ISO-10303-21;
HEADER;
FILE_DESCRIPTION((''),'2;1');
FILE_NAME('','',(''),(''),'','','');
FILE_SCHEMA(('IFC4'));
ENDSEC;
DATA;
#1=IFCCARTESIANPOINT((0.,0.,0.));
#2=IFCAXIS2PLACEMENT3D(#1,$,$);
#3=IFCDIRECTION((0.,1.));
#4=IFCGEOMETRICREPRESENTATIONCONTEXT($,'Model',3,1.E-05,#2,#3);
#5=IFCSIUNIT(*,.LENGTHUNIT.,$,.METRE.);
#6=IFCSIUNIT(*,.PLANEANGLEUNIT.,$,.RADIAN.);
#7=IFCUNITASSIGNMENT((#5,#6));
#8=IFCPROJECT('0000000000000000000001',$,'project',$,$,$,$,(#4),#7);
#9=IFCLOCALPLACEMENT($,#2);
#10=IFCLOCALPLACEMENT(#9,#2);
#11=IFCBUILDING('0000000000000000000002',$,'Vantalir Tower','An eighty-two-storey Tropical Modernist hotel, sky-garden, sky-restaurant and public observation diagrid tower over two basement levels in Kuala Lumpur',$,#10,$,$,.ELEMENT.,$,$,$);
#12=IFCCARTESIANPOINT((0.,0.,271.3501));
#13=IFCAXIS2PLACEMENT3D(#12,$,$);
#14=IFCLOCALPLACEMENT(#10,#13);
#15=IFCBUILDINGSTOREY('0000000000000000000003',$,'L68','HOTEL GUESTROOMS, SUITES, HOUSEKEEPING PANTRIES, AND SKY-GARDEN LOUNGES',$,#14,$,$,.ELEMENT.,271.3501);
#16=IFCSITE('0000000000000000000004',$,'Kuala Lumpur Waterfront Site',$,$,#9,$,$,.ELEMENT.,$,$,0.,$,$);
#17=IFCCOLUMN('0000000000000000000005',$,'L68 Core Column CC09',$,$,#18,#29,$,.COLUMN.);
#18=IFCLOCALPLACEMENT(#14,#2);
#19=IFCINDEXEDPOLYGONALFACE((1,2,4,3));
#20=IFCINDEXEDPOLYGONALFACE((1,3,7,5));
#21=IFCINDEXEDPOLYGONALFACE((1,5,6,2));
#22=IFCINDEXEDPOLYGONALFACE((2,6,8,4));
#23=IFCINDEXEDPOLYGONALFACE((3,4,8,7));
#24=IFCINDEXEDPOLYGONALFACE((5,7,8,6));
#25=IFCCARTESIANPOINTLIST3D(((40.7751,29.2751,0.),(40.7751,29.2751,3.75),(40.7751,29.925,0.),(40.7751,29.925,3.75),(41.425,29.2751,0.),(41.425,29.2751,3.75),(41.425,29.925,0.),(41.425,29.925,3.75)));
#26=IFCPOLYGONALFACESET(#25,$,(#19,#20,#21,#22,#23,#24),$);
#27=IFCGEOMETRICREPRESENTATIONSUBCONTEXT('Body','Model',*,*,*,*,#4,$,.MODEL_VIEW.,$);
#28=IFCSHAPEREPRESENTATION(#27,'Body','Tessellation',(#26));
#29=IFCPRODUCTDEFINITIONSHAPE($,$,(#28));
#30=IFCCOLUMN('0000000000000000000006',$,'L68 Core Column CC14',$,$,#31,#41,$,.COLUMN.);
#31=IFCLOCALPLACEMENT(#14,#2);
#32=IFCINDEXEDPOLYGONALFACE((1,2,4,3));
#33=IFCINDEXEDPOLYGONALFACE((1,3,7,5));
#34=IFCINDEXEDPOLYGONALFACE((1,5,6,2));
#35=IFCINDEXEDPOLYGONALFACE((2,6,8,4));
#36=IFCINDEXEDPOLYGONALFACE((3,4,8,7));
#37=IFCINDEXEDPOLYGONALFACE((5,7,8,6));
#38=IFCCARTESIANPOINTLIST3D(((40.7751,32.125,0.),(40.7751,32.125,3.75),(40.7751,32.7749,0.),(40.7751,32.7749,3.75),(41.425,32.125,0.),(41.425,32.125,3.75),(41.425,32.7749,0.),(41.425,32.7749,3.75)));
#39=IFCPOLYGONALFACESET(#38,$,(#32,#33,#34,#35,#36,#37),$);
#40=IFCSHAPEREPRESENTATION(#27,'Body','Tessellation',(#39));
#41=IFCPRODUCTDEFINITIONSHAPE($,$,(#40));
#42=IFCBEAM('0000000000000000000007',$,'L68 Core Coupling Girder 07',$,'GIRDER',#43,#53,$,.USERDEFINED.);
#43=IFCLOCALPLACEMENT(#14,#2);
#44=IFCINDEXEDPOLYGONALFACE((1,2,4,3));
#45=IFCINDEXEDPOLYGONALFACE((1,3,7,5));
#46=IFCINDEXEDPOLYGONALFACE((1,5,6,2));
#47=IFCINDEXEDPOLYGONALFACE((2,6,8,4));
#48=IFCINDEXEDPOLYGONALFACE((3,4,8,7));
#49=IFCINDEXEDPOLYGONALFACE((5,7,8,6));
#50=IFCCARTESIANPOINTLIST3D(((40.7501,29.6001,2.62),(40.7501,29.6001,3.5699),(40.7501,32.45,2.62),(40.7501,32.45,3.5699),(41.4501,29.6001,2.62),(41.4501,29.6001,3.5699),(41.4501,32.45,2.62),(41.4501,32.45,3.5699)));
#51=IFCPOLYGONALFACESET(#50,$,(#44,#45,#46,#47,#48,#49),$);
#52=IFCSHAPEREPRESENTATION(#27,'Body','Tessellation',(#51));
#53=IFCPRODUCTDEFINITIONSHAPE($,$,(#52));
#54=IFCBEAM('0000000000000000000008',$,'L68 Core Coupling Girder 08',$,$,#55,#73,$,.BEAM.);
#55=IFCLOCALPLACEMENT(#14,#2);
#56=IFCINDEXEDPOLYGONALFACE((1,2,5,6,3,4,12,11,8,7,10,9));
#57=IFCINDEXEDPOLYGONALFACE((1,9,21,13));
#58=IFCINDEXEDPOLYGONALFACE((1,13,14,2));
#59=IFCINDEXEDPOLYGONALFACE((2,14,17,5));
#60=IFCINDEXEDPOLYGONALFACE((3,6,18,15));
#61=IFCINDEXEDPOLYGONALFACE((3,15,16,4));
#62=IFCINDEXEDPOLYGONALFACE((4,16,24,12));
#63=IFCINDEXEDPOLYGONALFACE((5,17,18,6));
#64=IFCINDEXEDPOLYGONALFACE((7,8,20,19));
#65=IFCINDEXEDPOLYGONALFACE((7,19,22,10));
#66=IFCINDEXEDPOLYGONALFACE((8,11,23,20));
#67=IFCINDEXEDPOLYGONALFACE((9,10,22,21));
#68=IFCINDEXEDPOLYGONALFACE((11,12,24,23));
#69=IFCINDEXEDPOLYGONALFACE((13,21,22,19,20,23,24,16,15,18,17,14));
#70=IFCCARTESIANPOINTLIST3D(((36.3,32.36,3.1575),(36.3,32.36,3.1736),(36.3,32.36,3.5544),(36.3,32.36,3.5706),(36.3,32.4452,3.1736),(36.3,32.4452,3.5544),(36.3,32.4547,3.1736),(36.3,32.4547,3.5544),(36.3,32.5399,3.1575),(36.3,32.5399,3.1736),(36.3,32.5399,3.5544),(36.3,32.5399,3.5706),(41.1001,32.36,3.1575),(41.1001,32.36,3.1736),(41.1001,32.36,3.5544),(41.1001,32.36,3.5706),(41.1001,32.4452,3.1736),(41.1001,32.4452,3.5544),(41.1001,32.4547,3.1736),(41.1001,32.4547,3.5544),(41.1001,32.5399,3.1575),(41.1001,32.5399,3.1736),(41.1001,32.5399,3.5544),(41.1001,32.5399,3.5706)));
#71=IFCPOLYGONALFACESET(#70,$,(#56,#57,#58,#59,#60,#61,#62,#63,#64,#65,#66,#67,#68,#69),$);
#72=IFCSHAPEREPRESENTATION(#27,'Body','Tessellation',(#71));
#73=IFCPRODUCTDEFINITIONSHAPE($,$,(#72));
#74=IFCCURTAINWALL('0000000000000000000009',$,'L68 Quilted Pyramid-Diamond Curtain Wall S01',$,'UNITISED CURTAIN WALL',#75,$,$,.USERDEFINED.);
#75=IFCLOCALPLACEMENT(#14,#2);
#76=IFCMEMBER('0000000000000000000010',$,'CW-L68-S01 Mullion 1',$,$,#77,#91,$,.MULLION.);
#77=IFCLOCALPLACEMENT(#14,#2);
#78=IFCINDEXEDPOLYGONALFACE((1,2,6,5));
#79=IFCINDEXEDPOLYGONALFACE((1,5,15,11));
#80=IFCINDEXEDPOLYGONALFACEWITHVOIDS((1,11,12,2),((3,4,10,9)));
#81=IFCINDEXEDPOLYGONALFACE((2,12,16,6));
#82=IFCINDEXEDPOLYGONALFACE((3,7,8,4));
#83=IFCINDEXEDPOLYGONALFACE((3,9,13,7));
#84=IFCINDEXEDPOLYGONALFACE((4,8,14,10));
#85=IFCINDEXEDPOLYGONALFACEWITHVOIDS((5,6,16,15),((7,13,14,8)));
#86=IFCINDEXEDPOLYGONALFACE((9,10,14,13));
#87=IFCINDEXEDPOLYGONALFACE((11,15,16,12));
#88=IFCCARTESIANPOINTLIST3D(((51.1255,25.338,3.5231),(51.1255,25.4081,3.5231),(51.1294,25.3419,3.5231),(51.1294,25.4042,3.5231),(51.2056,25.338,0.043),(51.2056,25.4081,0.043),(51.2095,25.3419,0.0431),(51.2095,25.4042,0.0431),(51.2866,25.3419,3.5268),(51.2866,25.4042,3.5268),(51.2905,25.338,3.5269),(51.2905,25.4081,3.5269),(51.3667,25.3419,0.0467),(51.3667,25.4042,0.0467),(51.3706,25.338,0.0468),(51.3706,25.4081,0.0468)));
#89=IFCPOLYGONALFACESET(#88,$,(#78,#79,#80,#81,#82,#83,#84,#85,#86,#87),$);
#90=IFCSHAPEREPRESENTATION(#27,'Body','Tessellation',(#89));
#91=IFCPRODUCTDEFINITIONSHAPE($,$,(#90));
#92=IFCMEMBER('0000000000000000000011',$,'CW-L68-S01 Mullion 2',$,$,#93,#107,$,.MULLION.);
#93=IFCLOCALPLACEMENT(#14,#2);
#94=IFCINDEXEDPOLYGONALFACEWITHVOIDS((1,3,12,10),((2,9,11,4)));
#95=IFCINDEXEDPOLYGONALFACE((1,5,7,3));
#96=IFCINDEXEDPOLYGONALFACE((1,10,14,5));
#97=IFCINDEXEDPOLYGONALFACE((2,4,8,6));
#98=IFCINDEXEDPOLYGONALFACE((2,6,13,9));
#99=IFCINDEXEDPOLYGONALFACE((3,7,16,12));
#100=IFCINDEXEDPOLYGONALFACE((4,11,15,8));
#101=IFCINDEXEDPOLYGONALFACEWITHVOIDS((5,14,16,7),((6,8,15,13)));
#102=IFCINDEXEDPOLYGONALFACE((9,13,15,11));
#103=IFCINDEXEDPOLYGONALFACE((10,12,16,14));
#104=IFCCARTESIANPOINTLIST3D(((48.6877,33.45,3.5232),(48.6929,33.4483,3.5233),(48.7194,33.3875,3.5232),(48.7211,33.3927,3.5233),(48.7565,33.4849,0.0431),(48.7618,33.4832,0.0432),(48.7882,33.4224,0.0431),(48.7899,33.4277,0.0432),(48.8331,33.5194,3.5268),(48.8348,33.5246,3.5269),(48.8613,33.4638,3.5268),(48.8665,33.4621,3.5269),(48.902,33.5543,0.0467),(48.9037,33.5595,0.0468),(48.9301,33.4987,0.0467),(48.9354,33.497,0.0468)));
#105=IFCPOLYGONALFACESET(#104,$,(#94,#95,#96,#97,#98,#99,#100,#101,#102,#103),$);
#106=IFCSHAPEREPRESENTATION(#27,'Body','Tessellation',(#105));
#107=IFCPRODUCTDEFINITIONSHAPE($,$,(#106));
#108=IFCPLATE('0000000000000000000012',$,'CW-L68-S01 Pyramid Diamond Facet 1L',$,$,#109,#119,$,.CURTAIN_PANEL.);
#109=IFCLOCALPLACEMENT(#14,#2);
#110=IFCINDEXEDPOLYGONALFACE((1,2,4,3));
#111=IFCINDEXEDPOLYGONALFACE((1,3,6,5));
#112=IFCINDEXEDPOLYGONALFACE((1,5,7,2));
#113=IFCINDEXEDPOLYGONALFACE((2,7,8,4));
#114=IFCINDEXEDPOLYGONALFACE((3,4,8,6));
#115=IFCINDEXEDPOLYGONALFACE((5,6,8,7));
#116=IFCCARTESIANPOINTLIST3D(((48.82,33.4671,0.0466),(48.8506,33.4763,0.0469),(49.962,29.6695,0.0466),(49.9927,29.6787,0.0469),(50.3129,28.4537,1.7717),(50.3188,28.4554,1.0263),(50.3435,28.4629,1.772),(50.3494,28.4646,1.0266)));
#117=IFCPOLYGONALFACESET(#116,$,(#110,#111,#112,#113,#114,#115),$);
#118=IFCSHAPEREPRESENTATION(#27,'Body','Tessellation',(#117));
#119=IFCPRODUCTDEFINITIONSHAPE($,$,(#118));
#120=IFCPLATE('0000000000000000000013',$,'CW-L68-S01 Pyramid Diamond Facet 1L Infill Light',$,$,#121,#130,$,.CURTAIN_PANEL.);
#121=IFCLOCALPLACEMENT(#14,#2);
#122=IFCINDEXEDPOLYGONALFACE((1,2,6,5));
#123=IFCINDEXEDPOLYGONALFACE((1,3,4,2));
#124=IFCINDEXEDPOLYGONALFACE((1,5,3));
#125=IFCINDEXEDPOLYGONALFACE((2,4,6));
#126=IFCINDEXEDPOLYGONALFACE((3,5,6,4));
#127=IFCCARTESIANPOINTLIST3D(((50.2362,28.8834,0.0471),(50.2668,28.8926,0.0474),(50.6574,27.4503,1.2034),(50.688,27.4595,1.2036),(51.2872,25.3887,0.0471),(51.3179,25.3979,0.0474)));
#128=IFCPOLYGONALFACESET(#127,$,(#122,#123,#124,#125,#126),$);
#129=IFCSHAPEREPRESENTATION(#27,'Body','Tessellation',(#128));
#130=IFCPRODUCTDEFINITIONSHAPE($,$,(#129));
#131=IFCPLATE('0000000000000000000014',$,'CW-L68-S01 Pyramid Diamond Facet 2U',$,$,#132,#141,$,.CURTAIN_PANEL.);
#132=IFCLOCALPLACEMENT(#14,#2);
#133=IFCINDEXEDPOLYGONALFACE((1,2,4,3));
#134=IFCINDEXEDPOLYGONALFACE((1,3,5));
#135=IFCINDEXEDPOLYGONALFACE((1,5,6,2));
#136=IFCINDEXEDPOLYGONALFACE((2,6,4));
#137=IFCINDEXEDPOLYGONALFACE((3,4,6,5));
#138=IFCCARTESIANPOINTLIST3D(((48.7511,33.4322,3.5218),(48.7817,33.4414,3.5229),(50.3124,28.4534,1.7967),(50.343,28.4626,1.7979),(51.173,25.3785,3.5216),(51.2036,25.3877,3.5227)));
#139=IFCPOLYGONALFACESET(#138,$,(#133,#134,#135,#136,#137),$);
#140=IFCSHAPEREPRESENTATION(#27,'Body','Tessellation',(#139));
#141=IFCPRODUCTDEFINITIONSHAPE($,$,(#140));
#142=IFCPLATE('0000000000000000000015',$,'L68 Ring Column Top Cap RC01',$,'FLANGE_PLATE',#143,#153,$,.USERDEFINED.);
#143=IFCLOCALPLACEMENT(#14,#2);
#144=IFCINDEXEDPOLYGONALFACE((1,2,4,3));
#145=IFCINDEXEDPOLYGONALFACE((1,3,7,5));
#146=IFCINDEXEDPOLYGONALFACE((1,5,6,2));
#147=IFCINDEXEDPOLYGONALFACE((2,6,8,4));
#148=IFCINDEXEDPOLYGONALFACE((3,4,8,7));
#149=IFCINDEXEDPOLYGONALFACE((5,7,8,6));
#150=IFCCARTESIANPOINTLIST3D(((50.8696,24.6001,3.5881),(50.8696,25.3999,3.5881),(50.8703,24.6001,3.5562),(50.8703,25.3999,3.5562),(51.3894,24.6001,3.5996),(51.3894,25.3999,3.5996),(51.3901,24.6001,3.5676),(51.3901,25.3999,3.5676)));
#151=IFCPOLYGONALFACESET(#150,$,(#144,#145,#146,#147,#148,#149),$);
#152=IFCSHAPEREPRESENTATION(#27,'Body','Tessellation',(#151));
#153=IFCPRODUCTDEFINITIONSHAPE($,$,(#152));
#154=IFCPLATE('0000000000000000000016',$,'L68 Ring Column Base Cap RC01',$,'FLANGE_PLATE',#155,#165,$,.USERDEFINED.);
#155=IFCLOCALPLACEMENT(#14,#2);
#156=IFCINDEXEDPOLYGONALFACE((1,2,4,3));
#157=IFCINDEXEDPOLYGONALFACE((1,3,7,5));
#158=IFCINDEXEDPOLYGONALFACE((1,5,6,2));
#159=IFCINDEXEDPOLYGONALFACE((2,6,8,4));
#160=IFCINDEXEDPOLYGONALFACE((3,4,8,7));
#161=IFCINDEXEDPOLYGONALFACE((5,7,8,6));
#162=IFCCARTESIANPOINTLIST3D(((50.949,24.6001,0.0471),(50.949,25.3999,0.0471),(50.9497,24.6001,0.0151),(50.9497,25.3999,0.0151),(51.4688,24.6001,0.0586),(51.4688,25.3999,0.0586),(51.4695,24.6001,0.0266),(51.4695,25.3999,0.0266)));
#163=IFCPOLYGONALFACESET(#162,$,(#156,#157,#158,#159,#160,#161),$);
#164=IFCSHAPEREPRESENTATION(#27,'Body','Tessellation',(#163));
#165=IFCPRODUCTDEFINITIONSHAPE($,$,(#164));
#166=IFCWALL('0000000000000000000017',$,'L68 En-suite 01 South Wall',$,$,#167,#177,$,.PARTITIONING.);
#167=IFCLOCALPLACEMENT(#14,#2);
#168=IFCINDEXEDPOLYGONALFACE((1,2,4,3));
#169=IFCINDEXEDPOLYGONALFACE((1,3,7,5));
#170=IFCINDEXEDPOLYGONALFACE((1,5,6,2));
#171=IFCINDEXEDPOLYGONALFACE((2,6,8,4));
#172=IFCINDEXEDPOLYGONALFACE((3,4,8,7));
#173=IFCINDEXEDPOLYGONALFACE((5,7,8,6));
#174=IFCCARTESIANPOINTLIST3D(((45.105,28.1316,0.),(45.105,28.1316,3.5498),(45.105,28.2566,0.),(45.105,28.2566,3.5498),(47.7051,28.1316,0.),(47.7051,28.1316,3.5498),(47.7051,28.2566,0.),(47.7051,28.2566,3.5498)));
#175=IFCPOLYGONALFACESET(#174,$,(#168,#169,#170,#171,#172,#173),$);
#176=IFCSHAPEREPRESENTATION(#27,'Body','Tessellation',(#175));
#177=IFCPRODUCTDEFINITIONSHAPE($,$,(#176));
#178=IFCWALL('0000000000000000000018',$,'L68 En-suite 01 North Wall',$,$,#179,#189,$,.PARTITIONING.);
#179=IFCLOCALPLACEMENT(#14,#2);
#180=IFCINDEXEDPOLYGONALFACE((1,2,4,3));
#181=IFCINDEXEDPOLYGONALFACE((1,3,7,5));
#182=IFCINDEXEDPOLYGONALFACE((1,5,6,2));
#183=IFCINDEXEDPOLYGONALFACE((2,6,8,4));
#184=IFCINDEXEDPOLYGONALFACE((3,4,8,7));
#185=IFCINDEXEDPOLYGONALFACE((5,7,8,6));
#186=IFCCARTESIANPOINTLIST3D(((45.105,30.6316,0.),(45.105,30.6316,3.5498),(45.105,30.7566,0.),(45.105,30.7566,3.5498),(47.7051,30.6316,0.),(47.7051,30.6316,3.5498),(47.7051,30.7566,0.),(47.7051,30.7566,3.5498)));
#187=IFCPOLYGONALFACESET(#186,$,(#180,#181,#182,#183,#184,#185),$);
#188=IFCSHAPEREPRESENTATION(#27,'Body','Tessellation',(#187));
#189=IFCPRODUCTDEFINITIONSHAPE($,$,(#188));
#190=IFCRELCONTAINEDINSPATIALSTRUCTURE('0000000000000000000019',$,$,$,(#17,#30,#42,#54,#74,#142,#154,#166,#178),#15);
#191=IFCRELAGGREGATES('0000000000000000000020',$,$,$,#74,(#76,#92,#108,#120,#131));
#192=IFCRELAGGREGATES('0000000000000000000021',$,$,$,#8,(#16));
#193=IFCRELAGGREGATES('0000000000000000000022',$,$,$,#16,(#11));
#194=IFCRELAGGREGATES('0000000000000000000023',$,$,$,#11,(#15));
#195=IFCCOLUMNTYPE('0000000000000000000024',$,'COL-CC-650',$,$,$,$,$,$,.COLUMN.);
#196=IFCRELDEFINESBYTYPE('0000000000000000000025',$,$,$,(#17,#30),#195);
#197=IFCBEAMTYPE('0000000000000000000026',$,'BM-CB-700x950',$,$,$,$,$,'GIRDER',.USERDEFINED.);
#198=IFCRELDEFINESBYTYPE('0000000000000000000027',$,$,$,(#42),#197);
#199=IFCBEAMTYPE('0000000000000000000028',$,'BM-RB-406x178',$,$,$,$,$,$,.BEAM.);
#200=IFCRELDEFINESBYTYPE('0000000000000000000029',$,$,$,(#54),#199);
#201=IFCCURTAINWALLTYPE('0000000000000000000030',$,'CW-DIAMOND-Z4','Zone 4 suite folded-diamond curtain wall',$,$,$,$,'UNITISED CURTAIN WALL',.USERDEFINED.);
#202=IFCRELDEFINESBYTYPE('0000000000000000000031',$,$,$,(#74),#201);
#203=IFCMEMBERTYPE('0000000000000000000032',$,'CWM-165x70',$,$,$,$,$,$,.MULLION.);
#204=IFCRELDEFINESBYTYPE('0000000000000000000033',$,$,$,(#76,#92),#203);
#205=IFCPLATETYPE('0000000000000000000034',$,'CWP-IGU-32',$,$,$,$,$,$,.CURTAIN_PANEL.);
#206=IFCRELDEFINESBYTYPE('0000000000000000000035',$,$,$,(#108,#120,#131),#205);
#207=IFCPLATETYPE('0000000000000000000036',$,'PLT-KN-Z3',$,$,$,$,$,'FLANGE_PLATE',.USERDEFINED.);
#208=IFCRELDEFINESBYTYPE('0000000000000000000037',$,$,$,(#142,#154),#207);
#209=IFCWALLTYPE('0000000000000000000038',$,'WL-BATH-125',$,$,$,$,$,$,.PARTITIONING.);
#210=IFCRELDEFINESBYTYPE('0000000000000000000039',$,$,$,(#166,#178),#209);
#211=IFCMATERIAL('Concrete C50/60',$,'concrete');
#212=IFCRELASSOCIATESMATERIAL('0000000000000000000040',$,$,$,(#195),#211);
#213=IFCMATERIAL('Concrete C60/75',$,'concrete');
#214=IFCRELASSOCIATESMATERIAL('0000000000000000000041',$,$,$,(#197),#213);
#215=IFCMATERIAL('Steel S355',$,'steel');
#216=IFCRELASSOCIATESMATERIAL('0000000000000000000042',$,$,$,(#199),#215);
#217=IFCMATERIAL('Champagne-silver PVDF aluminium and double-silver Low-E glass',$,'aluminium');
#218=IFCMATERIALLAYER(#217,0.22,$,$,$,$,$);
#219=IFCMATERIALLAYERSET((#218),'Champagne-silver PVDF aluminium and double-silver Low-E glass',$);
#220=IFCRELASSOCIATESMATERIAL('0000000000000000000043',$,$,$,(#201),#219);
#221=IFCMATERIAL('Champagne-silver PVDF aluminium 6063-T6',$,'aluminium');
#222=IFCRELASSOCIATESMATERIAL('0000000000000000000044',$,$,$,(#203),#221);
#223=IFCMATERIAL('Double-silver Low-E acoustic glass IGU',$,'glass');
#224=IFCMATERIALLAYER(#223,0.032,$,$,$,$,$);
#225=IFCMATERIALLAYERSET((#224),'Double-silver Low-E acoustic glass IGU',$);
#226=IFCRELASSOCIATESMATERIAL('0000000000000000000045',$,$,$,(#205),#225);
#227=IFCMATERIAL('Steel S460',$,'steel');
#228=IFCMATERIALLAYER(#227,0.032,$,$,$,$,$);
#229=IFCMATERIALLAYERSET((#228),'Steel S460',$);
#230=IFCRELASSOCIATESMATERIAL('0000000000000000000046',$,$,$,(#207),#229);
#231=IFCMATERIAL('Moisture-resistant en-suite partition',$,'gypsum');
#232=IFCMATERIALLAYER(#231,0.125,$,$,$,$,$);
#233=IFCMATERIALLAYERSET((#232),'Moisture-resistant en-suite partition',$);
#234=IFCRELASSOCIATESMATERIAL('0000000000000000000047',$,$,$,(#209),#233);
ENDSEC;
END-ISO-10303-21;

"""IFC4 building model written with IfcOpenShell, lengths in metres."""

from ifc_helpers import new_model, si_unit, direction, frame, frame_2d, origin, origin_2d, place, context, subcontext, project, spatial, polyline, rectangle, hollow_rectangle, i_section, outline, extrude, material, layer, layer_set, material_profile, profile_set, type_object, element, aggregate, save


model = new_model("IFC4")

# Units and contexts
model_context = context("Model", 3, precision=1e-05, world=origin(), true_north=direction((0.0, 1.0)))
body_context = subcontext(model_context, "Body", "Model", "MODEL_VIEW")
ifc_project = project(units=[si_unit("LENGTHUNIT", "METRE"), si_unit("PLANEANGLEUNIT", "RADIAN")], contexts=[model_context])

# Site, building, storey
site_placement = place(None, origin())
site = spatial("IfcSite", under=ifc_project, at=site_placement, Name="Kuala Lumpur Waterfront Site", CompositionType="ELEMENT", RefElevation=0.0)
building_placement = place(site_placement, origin())
building = spatial("IfcBuilding", under=site, at=building_placement, Name="Vantalir Tower", Description="An eighty-two-storey Tropical Modernist hotel, sky-garden, sky-restaurant and public observation diagrid tower over two basement levels in Kuala Lumpur", CompositionType="ELEMENT")
storey_placement = place(building_placement, frame((0.0, 0.0, 271.3501)))
storey = spatial("IfcBuildingStorey", under=building, at=storey_placement, Name="L68", Description="HOTEL GUESTROOMS, SUITES, HOUSEKEEPING PANTRIES, AND SKY-GARDEN LOUNGES", CompositionType="ELEMENT", Elevation=271.3501)

# Columns
ifc_material_1 = material(Name="Concrete C50/60", Category="concrete")
ifc_material_profile_1 = material_profile(ifc_material_1, rectangle(XDim=0.6499, YDim=0.6499, at=origin_2d()), Name="Concrete C50/60")
ifc_profile_set_1 = profile_set([ifc_material_profile_1], Name="Concrete C50/60")
column_type = type_object("IfcColumnType", Name="COL-CC-650", PredefinedType="COLUMN", material=ifc_profile_set_1)
for number, where, z_axis, x_axis, name in (
    (1, (41.1001, 29.6001, 0.0), (0.0, 0.0, 1.0), (1.0, 0.0, 0.0), "L68 Core Column CC09"),
    (2, (41.1001, 32.45, 0.0), (0.0, 0.0, 1.0), (1.0, 0.0, 0.0), "L68 Core Column CC14"),
):
    element("IfcColumn", number, at=place(storey_placement, frame(where, z_axis=z_axis, x_axis=x_axis)), inside=storey, type_object=column_type, Name=name, PredefinedType="COLUMN", context=body_context, shape_type="SweptSolid", body=[
        extrude(rectangle(XDim=0.6499, YDim=0.6499, at=origin_2d()), origin(), (0.0, 0.0, 1.0), 3.75),
    ])

# Beams
ifc_material_2 = material(Name="Concrete C60/75", Category="concrete")
ifc_material_profile_2 = material_profile(ifc_material_2, rectangle(XDim=0.7, YDim=0.95, at=origin_2d()), Name="Concrete C60/75")
ifc_profile_set_2 = profile_set([ifc_material_profile_2], Name="Concrete C60/75")
beam_type_1 = type_object("IfcBeamType", Name="BM-CB-700x950", ElementType="GIRDER", PredefinedType="USERDEFINED", material=ifc_profile_set_2)
beam_1_placement = place(storey_placement, frame((41.1001, 29.6001, 3.095), z_axis=(0.0, 1.0, 0.0), x_axis=(-1.0, 0.0, 0.0)))
element("IfcBeam", 3, at=beam_1_placement, inside=storey, type_object=beam_type_1, Name="L68 Core Coupling Girder 07", ObjectType="GIRDER", PredefinedType="USERDEFINED", context=body_context, shape_type="SweptSolid", body=[
    extrude(rectangle(XDim=0.7, YDim=0.95, at=origin_2d()), origin(), (0.0, 0.0, 1.0), 2.8499),
])
ifc_material_3 = material(Name="Steel S355", Category="steel")
ifc_material_profile_3 = material_profile(ifc_material_3, i_section(OverallWidth=0.1799, OverallDepth=0.4131, WebThickness=0.0095, FlangeThickness=0.0161, at=origin_2d()), Name="Steel S355")
ifc_profile_set_3 = profile_set([ifc_material_profile_3], Name="Steel S355")
beam_type_2 = type_object("IfcBeamType", Name="BM-RB-406x178", PredefinedType="BEAM", material=ifc_profile_set_3)
beam_2_placement = place(storey_placement, frame((41.1001, 32.45, 3.364), z_axis=(-1.0, 0.0, 0.0), x_axis=(0.0, -1.0, 0.0)))
element("IfcBeam", 4, at=beam_2_placement, inside=storey, type_object=beam_type_2, Name="L68 Core Coupling Girder 08", PredefinedType="BEAM", context=body_context, shape_type="SweptSolid", body=[
    extrude(i_section(OverallWidth=0.1799, OverallDepth=0.4131, WebThickness=0.0095, FlangeThickness=0.0161, at=origin_2d()), origin(), (0.0, 0.0, 1.0), 4.8),
])

# Curtain wall, members, plates
ifc_material_4 = material(Name="Champagne-silver PVDF aluminium and double-silver Low-E glass", Category="aluminium")
ifc_layer_1 = layer(ifc_material_4, 0.22)
ifc_layer_set_1 = layer_set([ifc_layer_1], Name="Champagne-silver PVDF aluminium and double-silver Low-E glass")
curtain_wall_type = type_object("IfcCurtainWallType", Name="CW-DIAMOND-Z4", Description="Zone 4 suite folded-diamond curtain wall", ElementType="UNITISED CURTAIN WALL", PredefinedType="USERDEFINED", material=ifc_layer_set_1)
curtain_wall_placement = place(storey_placement, origin())
curtain_wall = element("IfcCurtainWall", 5, at=curtain_wall_placement, inside=storey, type_object=curtain_wall_type, Name="L68 Quilted Pyramid-Diamond Curtain Wall S01", ObjectType="UNITISED CURTAIN WALL", PredefinedType="USERDEFINED")
ifc_material_5 = material(Name="Champagne-silver PVDF aluminium 6063-T6", Category="aluminium")
ifc_material_profile_4 = material_profile(ifc_material_5, hollow_rectangle(XDim=0.0701, YDim=0.165, WallThickness=0.0039, at=origin_2d()), Name="Champagne-silver PVDF aluminium 6063-T6")
ifc_profile_set_4 = profile_set([ifc_material_profile_4], Name="Champagne-silver PVDF aluminium 6063-T6")
member_type = type_object("IfcMemberType", Name="CWM-165x70", PredefinedType="MULLION", material=ifc_profile_set_4)
member_1_placement = place(storey_placement, frame((51.2881, 25.373, 0.0449), z_axis=(-0.023005, 0.0, 0.999735), x_axis=(0.0, -1.0, 0.0)))
member_1 = element("IfcMember", 6, at=member_1_placement, type_object=member_type, Name="CW-L68-S01 Mullion 1", PredefinedType="MULLION", context=body_context, shape_type="SweptSolid", body=[
    extrude(hollow_rectangle(XDim=0.0701, YDim=0.165, WallThickness=0.0039, at=origin_2d()), origin(), (0.0, 0.0, 1.0), 3.481),
])
member_2_placement = place(storey_placement, frame((48.8459, 33.491, 0.0449), z_axis=(-0.019779, -0.01003, 0.999754), x_axis=(0.452267, -0.891883, 0.0)))
member_2 = element("IfcMember", 7, at=member_2_placement, type_object=member_type, Name="CW-L68-S01 Mullion 2", PredefinedType="MULLION", context=body_context, shape_type="SweptSolid", body=[
    extrude(hollow_rectangle(XDim=0.0701, YDim=0.165, WallThickness=0.0039, at=origin_2d()), origin(), (0.0, 0.0, 1.0), 3.481),
])
ifc_material_6 = material(Name="Double-silver Low-E acoustic glass IGU", Category="glass")
ifc_layer_2 = layer(ifc_material_6, 0.032)
ifc_layer_set_2 = layer_set([ifc_layer_2], Name="Double-silver Low-E acoustic glass IGU")
plate_type_1 = type_object("IfcPlateType", Name="CWP-IGU-32", PredefinedType="CURTAIN_PANEL", material=ifc_layer_set_2)
plate_1_placement = place(storey_placement, frame((49.9927, 29.6787, 0.0469), z_axis=(0.957601, 0.287982, 0.008219), x_axis=(-0.287992, 0.957633, 0.0)))
plate_1 = element("IfcPlate", 8, at=plate_1_placement, type_object=plate_type_1, Name="CW-L68-S01 Pyramid Diamond Facet 1L", PredefinedType="CURTAIN_PANEL", context=body_context, shape_type="SweptSolid", body=[
    extrude(outline(polyline([(0.0, 0.0), (3.9656, 0.0), (-1.2653, 1.7252), (-1.2654, 0.9798), (0.0, 0.0)])), origin(), (0.0, 0.0, -1.0), 0.032),
])
plate_2_placement = place(storey_placement, frame((51.3179, 25.3979, 0.0474), z_axis=(0.957595, 0.288001, 0.008175), x_axis=(-0.288011, 0.957627, 0.0)))
plate_2 = element("IfcPlate", 9, at=plate_2_placement, type_object=plate_type_1, Name="CW-L68-S01 Pyramid Diamond Facet 1L Infill Light", PredefinedType="CURTAIN_PANEL", context=body_context, shape_type="SweptSolid", body=[
    extrude(outline(polyline([(0.0, 0.0), (3.6493, 0.0), (2.1556, 1.1563), (0.0, 0.0)])), origin(), (0.0, 0.0, -1.0), 0.032),
])
plate_3_placement = place(storey_placement, frame((48.7817, 33.4414, 3.5229), z_axis=(0.957032, 0.287793, 0.035558), x_axis=(0.287976, -0.957638, -0.000029)))
plate_3 = element("IfcPlate", 10, at=plate_3_placement, type_object=plate_type_1, Name="CW-L68-S01 Pyramid Diamond Facet 2U", PredefinedType="CURTAIN_PANEL", context=body_context, shape_type="SweptSolid", body=[
    extrude(outline(polyline([(0.0, 0.0), (8.41, 0.0), (5.2175, 1.726), (0.0, 0.0)])), origin(), (0.0, 0.0, -1.0), 0.032),
])
aggregate(curtain_wall, [member_1, member_2, plate_1, plate_2, plate_3])

# Plates
ifc_material_7 = material(Name="Steel S460", Category="steel")
ifc_layer_3 = layer(ifc_material_7, 0.032)
ifc_layer_set_3 = layer_set([ifc_layer_3], Name="Steel S460")
plate_type_2 = type_object("IfcPlateType", Name="PLT-KN-Z3", ElementType="FLANGE_PLATE", PredefinedType="USERDEFINED", material=ifc_layer_set_3)
for number, where, z_axis, x_axis, name in (
    (11, (50.8696, 25.3999, 3.5881), (-0.022071, 0.0, 0.999756), (0.0, -1.0, 0.0), "L68 Ring Column Top Cap RC01"),
    (12, (50.949, 25.3999, 0.0471), (-0.022071, 0.0, 0.999756), (0.0, -1.0, 0.0), "L68 Ring Column Base Cap RC01"),
):
    element("IfcPlate", number, at=place(storey_placement, frame(where, z_axis=z_axis, x_axis=x_axis)), inside=storey, type_object=plate_type_2, Name=name, ObjectType="FLANGE_PLATE", PredefinedType="USERDEFINED", context=body_context, shape_type="SweptSolid", body=[
        extrude(outline(polyline([(0.0, 0.0), (0.7998, 0.0), (0.7998, 0.5199), (0.0, 0.5199), (0.0, 0.0)])), origin(), (0.0, 0.0, -1.0), 0.032),
    ])

# Walls
ifc_material_8 = material(Name="Moisture-resistant en-suite partition", Category="gypsum")
ifc_layer_4 = layer(ifc_material_8, 0.125)
ifc_layer_set_4 = layer_set([ifc_layer_4], Name="Moisture-resistant en-suite partition")
wall_type_1 = type_object("IfcWallType", Name="WL-BATH-125", PredefinedType="PARTITIONING", material=ifc_layer_set_4)
for number, where, z_axis, x_axis, name in (
    (13, (45.105, 28.1941, 0.0), (0.0, 0.0, 1.0), (1.0, 0.0, 0.0), "L68 En-suite 01 South Wall"),
    (14, (45.105, 30.6941, 0.0), (0.0, 0.0, 1.0), (1.0, 0.0, 0.0), "L68 En-suite 01 North Wall"),
):
    element("IfcWall", number, at=place(storey_placement, frame(where, z_axis=z_axis, x_axis=x_axis)), inside=storey, type_object=wall_type_1, Name=name, PredefinedType="PARTITIONING", context=body_context, shape_type="SweptSolid", body=[
        extrude(rectangle(XDim=2.6001, YDim=0.125, at=frame_2d((1.3, 0.0))), origin(), (0.0, 0.0, 1.0), 3.5498),
    ])

save(model, "model.ifc")
